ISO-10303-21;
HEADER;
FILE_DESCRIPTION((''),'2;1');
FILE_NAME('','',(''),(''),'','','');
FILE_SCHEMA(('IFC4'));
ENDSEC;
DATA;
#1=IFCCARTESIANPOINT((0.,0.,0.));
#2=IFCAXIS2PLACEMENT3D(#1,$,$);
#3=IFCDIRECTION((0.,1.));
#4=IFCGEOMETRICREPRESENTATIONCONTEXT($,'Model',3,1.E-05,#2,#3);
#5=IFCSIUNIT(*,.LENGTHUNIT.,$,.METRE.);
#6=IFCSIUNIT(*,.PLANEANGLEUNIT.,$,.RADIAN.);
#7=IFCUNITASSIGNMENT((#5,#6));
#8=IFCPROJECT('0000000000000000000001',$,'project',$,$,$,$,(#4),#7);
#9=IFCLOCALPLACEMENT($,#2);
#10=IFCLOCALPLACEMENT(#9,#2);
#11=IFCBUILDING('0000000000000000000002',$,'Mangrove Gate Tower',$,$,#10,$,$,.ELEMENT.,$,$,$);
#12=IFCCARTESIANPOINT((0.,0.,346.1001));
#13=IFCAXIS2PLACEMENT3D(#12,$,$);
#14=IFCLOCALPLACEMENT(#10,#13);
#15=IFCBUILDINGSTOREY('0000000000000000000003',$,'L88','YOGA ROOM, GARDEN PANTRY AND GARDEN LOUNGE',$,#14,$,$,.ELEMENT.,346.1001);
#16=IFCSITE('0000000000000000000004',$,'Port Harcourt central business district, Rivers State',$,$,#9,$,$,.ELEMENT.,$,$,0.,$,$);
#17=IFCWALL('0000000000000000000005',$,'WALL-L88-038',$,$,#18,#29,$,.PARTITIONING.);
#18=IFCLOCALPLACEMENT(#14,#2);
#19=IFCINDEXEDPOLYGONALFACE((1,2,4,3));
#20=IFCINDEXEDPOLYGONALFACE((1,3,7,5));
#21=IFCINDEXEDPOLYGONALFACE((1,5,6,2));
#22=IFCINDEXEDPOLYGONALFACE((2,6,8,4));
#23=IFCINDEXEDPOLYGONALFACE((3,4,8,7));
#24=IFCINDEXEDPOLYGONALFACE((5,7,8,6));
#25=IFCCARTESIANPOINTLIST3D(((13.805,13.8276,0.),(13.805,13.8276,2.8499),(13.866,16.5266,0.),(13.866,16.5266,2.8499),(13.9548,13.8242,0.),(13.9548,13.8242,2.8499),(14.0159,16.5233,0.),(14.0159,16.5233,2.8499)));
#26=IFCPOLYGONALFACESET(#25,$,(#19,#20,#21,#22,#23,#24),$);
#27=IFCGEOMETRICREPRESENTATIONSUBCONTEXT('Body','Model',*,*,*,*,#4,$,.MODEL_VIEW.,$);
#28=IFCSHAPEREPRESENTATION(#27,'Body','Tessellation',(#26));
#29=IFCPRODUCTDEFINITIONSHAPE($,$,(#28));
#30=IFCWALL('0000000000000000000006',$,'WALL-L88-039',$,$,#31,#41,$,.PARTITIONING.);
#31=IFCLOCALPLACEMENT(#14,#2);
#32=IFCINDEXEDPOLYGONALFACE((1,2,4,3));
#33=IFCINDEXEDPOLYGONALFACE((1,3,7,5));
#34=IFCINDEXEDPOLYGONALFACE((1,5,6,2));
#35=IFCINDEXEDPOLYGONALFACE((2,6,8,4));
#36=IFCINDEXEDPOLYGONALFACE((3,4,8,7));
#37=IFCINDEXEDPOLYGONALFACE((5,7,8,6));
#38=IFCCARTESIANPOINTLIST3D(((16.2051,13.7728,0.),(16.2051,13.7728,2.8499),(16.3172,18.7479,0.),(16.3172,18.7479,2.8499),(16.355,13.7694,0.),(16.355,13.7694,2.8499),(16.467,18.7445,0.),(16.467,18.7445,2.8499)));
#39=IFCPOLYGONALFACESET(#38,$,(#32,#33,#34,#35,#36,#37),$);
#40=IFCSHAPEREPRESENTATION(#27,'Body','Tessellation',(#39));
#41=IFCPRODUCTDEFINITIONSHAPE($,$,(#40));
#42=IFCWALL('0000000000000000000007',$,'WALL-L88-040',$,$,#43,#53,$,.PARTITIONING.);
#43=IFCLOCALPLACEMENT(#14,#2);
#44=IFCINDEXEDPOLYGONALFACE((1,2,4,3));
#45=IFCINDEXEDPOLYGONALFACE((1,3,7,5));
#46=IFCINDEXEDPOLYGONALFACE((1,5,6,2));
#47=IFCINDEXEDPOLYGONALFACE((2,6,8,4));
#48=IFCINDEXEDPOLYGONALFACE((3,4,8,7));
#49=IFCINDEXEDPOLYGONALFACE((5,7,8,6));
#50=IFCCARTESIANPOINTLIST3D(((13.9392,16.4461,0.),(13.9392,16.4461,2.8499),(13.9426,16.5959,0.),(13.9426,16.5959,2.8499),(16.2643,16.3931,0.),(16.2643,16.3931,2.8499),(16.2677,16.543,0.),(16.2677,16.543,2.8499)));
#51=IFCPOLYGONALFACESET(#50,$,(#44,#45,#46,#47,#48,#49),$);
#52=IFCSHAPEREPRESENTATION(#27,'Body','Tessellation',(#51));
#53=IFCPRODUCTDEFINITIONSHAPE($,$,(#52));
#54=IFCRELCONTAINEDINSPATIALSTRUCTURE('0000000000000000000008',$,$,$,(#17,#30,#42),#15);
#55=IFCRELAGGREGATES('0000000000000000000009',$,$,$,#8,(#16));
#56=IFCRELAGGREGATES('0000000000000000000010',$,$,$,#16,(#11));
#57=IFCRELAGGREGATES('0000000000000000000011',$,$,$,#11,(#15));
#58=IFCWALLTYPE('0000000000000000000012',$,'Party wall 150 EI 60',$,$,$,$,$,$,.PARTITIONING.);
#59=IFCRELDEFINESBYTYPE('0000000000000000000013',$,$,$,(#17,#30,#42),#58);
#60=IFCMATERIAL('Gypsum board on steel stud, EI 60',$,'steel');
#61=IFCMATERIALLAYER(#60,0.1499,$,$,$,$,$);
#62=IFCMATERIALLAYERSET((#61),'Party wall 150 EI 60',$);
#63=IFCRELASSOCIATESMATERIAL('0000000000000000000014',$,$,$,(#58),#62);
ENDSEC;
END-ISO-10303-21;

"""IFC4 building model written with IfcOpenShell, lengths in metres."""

from ifc_helpers import new_model, si_unit, direction, frame, frame_2d, origin, place, context, subcontext, project, spatial, rectangle, extrude, material, layer, layer_set, type_object, element, save


model = new_model("IFC4")

# Units and contexts
model_context = context("Model", 3, precision=1e-05, world=origin(), true_north=direction((0.0, 1.0)))
body_context = subcontext(model_context, "Body", "Model", "MODEL_VIEW")
ifc_project = project(units=[si_unit("LENGTHUNIT", "METRE"), si_unit("PLANEANGLEUNIT", "RADIAN")], contexts=[model_context])

# Site, building, storey
site_placement = place(None, origin())
site = spatial("IfcSite", under=ifc_project, at=site_placement, Name="Port Harcourt central business district, Rivers State", CompositionType="ELEMENT", RefElevation=0.0)
building_placement = place(site_placement, origin())
building = spatial("IfcBuilding", under=site, at=building_placement, Name="Mangrove Gate Tower", CompositionType="ELEMENT")
storey_placement = place(building_placement, frame((0.0, 0.0, 346.1001)))
storey = spatial("IfcBuildingStorey", under=building, at=storey_placement, Name="L88", Description="YOGA ROOM, GARDEN PANTRY AND GARDEN LOUNGE", CompositionType="ELEMENT", Elevation=346.1001)

# Walls
ifc_material_1 = material(Name="Gypsum board on steel stud, EI 60", Category="steel")
ifc_layer_1 = layer(ifc_material_1, 0.1499)
ifc_layer_set_1 = layer_set([ifc_layer_1], Name="Party wall 150 EI 60")
wall_type_1 = type_object("IfcWallType", Name="Party wall 150 EI 60", PredefinedType="PARTITIONING", material=ifc_layer_set_1)
wall_1_placement = place(storey_placement, frame((13.8799, 13.8259, 0.0), z_axis=(0.0, 0.0, 1.0), x_axis=(0.022608, 0.999744, 0.0)))
element("IfcWall", 1, at=wall_1_placement, inside=storey, type_object=wall_type_1, Name="WALL-L88-038", PredefinedType="PARTITIONING", context=body_context, shape_type="SweptSolid", body=[
    extrude(rectangle(XDim=2.6997, YDim=0.1499, at=frame_2d((1.3499, 0.0))), origin(), (0.0, 0.0, 1.0), 2.8499),
])
wall_2_placement = place(storey_placement, frame((16.28, 13.771, 0.0), z_axis=(0.0, 0.0, 1.0), x_axis=(0.022519, 0.999746, 0.0)))
element("IfcWall", 2, at=wall_2_placement, inside=storey, type_object=wall_type_1, Name="WALL-L88-039", PredefinedType="PARTITIONING", context=body_context, shape_type="SweptSolid", body=[
    extrude(rectangle(XDim=4.9763, YDim=0.1499, at=frame_2d((2.4883, 0.0))), origin(), (0.0, 0.0, 1.0), 2.8499),
])
wall_3_placement = place(storey_placement, frame((13.9409, 16.521, 0.0), z_axis=(0.0, 0.0, 1.0), x_axis=(0.999741, -0.022779, 0.0)))
element("IfcWall", 3, at=wall_3_placement, inside=storey, type_object=wall_type_1, Name="WALL-L88-040", PredefinedType="PARTITIONING", context=body_context, shape_type="SweptSolid", body=[
    extrude(rectangle(XDim=2.3257, YDim=0.1499, at=frame_2d((1.1628, 0.0))), origin(), (0.0, 0.0, 1.0), 2.8499),
])

save(model, "model.ifc")
